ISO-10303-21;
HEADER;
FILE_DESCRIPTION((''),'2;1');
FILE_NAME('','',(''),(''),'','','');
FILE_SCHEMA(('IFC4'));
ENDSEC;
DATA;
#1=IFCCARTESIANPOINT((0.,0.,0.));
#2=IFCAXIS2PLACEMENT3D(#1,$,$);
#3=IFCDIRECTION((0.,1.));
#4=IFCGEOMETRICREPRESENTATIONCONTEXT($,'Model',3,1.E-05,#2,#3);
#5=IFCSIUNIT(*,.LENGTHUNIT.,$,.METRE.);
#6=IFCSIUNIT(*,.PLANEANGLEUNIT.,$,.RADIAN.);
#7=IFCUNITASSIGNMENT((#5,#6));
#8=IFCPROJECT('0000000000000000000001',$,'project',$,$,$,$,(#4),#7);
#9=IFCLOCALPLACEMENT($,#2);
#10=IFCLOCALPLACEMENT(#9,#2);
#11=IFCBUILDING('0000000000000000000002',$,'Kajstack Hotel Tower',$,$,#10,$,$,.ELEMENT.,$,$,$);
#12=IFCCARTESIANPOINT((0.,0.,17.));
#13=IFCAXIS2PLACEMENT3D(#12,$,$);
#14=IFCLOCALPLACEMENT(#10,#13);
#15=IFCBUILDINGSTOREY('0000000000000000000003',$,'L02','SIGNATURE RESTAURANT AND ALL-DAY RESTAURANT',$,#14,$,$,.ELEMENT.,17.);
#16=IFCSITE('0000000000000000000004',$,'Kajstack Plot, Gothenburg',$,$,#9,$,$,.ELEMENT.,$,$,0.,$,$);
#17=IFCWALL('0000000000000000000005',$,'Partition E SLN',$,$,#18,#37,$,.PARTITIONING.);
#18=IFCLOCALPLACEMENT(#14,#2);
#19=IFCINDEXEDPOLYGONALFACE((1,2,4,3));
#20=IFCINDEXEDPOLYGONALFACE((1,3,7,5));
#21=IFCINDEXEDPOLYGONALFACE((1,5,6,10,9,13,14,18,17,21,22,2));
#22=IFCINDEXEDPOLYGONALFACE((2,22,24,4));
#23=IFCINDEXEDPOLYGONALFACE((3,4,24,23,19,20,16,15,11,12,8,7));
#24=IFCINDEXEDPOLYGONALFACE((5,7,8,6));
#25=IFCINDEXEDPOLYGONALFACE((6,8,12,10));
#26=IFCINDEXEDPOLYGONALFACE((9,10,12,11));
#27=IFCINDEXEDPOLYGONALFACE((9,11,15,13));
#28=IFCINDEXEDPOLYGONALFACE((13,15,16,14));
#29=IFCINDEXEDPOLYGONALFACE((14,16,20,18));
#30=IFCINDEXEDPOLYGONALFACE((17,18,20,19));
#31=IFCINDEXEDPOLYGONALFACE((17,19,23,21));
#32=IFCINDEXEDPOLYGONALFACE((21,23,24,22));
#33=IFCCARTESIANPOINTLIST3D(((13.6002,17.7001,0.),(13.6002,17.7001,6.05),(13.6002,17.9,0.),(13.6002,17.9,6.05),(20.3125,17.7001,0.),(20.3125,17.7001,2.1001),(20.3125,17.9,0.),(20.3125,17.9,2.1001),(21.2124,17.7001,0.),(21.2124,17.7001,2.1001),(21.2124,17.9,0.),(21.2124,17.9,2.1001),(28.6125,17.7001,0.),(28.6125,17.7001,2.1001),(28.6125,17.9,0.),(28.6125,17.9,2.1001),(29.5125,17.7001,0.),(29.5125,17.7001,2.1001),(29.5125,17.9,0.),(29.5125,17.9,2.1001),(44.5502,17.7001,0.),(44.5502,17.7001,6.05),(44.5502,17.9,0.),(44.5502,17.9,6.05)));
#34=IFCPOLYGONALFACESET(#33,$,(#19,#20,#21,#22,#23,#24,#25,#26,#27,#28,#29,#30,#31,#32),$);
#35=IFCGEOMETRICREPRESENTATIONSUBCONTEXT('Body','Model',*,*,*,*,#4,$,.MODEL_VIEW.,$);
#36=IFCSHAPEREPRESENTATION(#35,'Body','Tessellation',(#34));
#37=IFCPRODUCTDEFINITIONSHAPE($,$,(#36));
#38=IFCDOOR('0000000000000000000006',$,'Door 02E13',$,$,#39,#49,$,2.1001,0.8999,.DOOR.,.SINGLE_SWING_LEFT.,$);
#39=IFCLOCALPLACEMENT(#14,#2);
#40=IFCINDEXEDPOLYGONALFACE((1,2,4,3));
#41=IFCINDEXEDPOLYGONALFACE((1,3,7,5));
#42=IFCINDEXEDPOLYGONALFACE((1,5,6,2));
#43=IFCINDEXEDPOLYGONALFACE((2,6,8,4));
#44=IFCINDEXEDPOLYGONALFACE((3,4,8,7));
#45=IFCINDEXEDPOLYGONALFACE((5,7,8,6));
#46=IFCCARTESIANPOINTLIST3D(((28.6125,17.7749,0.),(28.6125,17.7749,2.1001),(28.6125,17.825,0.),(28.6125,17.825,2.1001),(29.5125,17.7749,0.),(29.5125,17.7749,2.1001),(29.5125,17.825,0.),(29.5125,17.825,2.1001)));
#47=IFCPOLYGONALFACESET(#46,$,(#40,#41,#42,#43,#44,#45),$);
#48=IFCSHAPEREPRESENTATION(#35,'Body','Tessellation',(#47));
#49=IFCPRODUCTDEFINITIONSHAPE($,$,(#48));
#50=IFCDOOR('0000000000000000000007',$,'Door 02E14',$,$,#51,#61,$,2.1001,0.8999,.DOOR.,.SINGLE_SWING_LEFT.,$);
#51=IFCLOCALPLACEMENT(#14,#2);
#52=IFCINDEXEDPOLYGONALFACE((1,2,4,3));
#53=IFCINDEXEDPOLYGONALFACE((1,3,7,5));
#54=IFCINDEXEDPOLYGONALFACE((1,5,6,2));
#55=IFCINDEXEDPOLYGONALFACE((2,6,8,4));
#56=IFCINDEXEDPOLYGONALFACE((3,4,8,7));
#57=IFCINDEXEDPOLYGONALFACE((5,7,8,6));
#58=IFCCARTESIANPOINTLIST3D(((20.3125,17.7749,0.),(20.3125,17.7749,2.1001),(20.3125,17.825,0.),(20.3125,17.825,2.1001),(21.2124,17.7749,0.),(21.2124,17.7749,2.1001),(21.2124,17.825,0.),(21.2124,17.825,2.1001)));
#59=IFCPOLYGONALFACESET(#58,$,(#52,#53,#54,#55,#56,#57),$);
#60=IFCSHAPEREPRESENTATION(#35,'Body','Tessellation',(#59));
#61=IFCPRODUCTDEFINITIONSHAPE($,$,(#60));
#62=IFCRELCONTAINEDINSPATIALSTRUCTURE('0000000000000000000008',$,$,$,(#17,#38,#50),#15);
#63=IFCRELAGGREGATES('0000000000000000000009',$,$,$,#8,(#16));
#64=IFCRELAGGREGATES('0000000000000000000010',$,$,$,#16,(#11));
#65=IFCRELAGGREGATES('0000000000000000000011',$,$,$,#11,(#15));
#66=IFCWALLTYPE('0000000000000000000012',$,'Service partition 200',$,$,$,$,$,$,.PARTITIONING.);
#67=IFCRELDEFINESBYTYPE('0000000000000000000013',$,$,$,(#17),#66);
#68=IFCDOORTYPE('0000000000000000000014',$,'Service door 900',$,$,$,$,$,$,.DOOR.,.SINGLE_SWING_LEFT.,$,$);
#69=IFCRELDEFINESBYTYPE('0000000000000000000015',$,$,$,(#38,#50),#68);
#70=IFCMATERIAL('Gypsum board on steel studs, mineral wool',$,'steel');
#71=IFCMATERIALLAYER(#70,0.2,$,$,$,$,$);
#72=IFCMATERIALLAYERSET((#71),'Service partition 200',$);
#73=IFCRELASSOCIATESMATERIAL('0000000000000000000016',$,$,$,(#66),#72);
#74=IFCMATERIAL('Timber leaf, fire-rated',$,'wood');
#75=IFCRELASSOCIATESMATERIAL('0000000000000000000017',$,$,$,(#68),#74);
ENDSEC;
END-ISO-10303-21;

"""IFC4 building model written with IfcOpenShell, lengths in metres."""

from ifc_helpers import new_model, si_unit, direction, frame, frame_2d, origin, place, context, subcontext, project, spatial, rectangle, extrude, material, layer, layer_set, type_object, element, fill, save


model = new_model("IFC4")

# Units and contexts
model_context = context("Model", 3, precision=1e-05, world=origin(), true_north=direction((0.0, 1.0)))
body_context = subcontext(model_context, "Body", "Model", "MODEL_VIEW")
ifc_project = project(units=[si_unit("LENGTHUNIT", "METRE"), si_unit("PLANEANGLEUNIT", "RADIAN")], contexts=[model_context])

# Site, building, storey
site_placement = place(None, origin())
site = spatial("IfcSite", under=ifc_project, at=site_placement, Name="Kajstack Plot, Gothenburg", CompositionType="ELEMENT", RefElevation=0.0)
building_placement = place(site_placement, origin())
building = spatial("IfcBuilding", under=site, at=building_placement, Name="Kajstack Hotel Tower", CompositionType="ELEMENT")
storey_placement = place(building_placement, frame((0.0, 0.0, 17.0)))
storey = spatial("IfcBuildingStorey", under=building, at=storey_placement, Name="L02", Description="SIGNATURE RESTAURANT AND ALL-DAY RESTAURANT", CompositionType="ELEMENT", Elevation=17.0)

# Shared definitions
ifc_material_1 = material(Name="Gypsum board on steel studs, mineral wool", Category="steel")

# Wall, openings, doors
ifc_layer_1 = layer(ifc_material_1, 0.2)
ifc_layer_set_1 = layer_set([ifc_layer_1], Name="Service partition 200")
wall_type_1 = type_object("IfcWallType", Name="Service partition 200", PredefinedType="PARTITIONING", material=ifc_layer_set_1)
wall_1_placement = place(storey_placement, frame((13.6001, 17.8, 0.0), z_axis=(0.0, 0.0, 1.0), x_axis=(1.0, 0.0, 0.0)))
wall_1 = element("IfcWall", 1, at=wall_1_placement, inside=storey, type_object=wall_type_1, Name="Partition E SLN", PredefinedType="PARTITIONING", context=body_context, shape_type="SweptSolid", body=[
    extrude(rectangle(XDim=30.95, YDim=0.2, at=frame_2d((15.4751, 0.0))), origin(), (0.0, 0.0, 1.0), 6.05),
])
opening_1_placement = place(wall_1_placement, frame((15.0125, 0.0, 0.0)))
opening_1 = element("IfcOpeningElement", 2, at=opening_1_placement, cuts=wall_1, PredefinedType="OPENING", context=body_context, shape_type="SweptSolid", body=[
    extrude(rectangle(XDim=0.8999, YDim=2.1001, at=frame_2d((0.45, 1.05))), frame((0.0, 0.1099, 0.0), z_axis=(0.0, -1.0, 0.0), x_axis=(1.0, 0.0, 0.0)), (0.0, 0.0, 1.0), 0.22),
])
opening_2_placement = place(wall_1_placement, frame((6.7124, 0.0, 0.0)))
opening_2 = element("IfcOpeningElement", 3, at=opening_2_placement, cuts=wall_1, PredefinedType="OPENING", context=body_context, shape_type="SweptSolid", body=[
    extrude(rectangle(XDim=0.8999, YDim=2.1001, at=frame_2d((0.45, 1.05))), frame((0.0, 0.1099, 0.0), z_axis=(0.0, -1.0, 0.0), x_axis=(1.0, 0.0, 0.0)), (0.0, 0.0, 1.0), 0.22),
])
ifc_material_2 = material(Name="Timber leaf, fire-rated", Category="wood")
door_type_1 = type_object("IfcDoorType", Name="Service door 900", OperationType="SINGLE_SWING_LEFT", PredefinedType="DOOR", material=ifc_material_2)
door_1_placement = place(opening_1_placement, origin())
door_1 = element("IfcDoor", 4, at=door_1_placement, inside=storey, type_object=door_type_1, Name="Door 02E13", OperationType="SINGLE_SWING_LEFT", OverallHeight=2.1001, OverallWidth=0.8999, PredefinedType="DOOR", context=body_context, shape_type="SweptSolid", body=[
    extrude(rectangle(XDim=0.8999, YDim=2.1001, at=frame_2d((0.45, 1.05))), frame((0.0, 0.0249, 0.0), z_axis=(0.0, -1.0, 0.0), x_axis=(1.0, 0.0, 0.0)), (0.0, 0.0, 1.0), 0.05),
])
fill(opening_1, door_1)
door_2_placement = place(opening_2_placement, origin())
door_2 = element("IfcDoor", 5, at=door_2_placement, inside=storey, type_object=door_type_1, Name="Door 02E14", OperationType="SINGLE_SWING_LEFT", OverallHeight=2.1001, OverallWidth=0.8999, PredefinedType="DOOR", context=body_context, shape_type="SweptSolid", body=[
    extrude(rectangle(XDim=0.8999, YDim=2.1001, at=frame_2d((0.45, 1.05))), frame((0.0, 0.0249, 0.0), z_axis=(0.0, -1.0, 0.0), x_axis=(1.0, 0.0, 0.0)), (0.0, 0.0, 1.0), 0.05),
])
fill(opening_2, door_2)

save(model, "model.ifc")
